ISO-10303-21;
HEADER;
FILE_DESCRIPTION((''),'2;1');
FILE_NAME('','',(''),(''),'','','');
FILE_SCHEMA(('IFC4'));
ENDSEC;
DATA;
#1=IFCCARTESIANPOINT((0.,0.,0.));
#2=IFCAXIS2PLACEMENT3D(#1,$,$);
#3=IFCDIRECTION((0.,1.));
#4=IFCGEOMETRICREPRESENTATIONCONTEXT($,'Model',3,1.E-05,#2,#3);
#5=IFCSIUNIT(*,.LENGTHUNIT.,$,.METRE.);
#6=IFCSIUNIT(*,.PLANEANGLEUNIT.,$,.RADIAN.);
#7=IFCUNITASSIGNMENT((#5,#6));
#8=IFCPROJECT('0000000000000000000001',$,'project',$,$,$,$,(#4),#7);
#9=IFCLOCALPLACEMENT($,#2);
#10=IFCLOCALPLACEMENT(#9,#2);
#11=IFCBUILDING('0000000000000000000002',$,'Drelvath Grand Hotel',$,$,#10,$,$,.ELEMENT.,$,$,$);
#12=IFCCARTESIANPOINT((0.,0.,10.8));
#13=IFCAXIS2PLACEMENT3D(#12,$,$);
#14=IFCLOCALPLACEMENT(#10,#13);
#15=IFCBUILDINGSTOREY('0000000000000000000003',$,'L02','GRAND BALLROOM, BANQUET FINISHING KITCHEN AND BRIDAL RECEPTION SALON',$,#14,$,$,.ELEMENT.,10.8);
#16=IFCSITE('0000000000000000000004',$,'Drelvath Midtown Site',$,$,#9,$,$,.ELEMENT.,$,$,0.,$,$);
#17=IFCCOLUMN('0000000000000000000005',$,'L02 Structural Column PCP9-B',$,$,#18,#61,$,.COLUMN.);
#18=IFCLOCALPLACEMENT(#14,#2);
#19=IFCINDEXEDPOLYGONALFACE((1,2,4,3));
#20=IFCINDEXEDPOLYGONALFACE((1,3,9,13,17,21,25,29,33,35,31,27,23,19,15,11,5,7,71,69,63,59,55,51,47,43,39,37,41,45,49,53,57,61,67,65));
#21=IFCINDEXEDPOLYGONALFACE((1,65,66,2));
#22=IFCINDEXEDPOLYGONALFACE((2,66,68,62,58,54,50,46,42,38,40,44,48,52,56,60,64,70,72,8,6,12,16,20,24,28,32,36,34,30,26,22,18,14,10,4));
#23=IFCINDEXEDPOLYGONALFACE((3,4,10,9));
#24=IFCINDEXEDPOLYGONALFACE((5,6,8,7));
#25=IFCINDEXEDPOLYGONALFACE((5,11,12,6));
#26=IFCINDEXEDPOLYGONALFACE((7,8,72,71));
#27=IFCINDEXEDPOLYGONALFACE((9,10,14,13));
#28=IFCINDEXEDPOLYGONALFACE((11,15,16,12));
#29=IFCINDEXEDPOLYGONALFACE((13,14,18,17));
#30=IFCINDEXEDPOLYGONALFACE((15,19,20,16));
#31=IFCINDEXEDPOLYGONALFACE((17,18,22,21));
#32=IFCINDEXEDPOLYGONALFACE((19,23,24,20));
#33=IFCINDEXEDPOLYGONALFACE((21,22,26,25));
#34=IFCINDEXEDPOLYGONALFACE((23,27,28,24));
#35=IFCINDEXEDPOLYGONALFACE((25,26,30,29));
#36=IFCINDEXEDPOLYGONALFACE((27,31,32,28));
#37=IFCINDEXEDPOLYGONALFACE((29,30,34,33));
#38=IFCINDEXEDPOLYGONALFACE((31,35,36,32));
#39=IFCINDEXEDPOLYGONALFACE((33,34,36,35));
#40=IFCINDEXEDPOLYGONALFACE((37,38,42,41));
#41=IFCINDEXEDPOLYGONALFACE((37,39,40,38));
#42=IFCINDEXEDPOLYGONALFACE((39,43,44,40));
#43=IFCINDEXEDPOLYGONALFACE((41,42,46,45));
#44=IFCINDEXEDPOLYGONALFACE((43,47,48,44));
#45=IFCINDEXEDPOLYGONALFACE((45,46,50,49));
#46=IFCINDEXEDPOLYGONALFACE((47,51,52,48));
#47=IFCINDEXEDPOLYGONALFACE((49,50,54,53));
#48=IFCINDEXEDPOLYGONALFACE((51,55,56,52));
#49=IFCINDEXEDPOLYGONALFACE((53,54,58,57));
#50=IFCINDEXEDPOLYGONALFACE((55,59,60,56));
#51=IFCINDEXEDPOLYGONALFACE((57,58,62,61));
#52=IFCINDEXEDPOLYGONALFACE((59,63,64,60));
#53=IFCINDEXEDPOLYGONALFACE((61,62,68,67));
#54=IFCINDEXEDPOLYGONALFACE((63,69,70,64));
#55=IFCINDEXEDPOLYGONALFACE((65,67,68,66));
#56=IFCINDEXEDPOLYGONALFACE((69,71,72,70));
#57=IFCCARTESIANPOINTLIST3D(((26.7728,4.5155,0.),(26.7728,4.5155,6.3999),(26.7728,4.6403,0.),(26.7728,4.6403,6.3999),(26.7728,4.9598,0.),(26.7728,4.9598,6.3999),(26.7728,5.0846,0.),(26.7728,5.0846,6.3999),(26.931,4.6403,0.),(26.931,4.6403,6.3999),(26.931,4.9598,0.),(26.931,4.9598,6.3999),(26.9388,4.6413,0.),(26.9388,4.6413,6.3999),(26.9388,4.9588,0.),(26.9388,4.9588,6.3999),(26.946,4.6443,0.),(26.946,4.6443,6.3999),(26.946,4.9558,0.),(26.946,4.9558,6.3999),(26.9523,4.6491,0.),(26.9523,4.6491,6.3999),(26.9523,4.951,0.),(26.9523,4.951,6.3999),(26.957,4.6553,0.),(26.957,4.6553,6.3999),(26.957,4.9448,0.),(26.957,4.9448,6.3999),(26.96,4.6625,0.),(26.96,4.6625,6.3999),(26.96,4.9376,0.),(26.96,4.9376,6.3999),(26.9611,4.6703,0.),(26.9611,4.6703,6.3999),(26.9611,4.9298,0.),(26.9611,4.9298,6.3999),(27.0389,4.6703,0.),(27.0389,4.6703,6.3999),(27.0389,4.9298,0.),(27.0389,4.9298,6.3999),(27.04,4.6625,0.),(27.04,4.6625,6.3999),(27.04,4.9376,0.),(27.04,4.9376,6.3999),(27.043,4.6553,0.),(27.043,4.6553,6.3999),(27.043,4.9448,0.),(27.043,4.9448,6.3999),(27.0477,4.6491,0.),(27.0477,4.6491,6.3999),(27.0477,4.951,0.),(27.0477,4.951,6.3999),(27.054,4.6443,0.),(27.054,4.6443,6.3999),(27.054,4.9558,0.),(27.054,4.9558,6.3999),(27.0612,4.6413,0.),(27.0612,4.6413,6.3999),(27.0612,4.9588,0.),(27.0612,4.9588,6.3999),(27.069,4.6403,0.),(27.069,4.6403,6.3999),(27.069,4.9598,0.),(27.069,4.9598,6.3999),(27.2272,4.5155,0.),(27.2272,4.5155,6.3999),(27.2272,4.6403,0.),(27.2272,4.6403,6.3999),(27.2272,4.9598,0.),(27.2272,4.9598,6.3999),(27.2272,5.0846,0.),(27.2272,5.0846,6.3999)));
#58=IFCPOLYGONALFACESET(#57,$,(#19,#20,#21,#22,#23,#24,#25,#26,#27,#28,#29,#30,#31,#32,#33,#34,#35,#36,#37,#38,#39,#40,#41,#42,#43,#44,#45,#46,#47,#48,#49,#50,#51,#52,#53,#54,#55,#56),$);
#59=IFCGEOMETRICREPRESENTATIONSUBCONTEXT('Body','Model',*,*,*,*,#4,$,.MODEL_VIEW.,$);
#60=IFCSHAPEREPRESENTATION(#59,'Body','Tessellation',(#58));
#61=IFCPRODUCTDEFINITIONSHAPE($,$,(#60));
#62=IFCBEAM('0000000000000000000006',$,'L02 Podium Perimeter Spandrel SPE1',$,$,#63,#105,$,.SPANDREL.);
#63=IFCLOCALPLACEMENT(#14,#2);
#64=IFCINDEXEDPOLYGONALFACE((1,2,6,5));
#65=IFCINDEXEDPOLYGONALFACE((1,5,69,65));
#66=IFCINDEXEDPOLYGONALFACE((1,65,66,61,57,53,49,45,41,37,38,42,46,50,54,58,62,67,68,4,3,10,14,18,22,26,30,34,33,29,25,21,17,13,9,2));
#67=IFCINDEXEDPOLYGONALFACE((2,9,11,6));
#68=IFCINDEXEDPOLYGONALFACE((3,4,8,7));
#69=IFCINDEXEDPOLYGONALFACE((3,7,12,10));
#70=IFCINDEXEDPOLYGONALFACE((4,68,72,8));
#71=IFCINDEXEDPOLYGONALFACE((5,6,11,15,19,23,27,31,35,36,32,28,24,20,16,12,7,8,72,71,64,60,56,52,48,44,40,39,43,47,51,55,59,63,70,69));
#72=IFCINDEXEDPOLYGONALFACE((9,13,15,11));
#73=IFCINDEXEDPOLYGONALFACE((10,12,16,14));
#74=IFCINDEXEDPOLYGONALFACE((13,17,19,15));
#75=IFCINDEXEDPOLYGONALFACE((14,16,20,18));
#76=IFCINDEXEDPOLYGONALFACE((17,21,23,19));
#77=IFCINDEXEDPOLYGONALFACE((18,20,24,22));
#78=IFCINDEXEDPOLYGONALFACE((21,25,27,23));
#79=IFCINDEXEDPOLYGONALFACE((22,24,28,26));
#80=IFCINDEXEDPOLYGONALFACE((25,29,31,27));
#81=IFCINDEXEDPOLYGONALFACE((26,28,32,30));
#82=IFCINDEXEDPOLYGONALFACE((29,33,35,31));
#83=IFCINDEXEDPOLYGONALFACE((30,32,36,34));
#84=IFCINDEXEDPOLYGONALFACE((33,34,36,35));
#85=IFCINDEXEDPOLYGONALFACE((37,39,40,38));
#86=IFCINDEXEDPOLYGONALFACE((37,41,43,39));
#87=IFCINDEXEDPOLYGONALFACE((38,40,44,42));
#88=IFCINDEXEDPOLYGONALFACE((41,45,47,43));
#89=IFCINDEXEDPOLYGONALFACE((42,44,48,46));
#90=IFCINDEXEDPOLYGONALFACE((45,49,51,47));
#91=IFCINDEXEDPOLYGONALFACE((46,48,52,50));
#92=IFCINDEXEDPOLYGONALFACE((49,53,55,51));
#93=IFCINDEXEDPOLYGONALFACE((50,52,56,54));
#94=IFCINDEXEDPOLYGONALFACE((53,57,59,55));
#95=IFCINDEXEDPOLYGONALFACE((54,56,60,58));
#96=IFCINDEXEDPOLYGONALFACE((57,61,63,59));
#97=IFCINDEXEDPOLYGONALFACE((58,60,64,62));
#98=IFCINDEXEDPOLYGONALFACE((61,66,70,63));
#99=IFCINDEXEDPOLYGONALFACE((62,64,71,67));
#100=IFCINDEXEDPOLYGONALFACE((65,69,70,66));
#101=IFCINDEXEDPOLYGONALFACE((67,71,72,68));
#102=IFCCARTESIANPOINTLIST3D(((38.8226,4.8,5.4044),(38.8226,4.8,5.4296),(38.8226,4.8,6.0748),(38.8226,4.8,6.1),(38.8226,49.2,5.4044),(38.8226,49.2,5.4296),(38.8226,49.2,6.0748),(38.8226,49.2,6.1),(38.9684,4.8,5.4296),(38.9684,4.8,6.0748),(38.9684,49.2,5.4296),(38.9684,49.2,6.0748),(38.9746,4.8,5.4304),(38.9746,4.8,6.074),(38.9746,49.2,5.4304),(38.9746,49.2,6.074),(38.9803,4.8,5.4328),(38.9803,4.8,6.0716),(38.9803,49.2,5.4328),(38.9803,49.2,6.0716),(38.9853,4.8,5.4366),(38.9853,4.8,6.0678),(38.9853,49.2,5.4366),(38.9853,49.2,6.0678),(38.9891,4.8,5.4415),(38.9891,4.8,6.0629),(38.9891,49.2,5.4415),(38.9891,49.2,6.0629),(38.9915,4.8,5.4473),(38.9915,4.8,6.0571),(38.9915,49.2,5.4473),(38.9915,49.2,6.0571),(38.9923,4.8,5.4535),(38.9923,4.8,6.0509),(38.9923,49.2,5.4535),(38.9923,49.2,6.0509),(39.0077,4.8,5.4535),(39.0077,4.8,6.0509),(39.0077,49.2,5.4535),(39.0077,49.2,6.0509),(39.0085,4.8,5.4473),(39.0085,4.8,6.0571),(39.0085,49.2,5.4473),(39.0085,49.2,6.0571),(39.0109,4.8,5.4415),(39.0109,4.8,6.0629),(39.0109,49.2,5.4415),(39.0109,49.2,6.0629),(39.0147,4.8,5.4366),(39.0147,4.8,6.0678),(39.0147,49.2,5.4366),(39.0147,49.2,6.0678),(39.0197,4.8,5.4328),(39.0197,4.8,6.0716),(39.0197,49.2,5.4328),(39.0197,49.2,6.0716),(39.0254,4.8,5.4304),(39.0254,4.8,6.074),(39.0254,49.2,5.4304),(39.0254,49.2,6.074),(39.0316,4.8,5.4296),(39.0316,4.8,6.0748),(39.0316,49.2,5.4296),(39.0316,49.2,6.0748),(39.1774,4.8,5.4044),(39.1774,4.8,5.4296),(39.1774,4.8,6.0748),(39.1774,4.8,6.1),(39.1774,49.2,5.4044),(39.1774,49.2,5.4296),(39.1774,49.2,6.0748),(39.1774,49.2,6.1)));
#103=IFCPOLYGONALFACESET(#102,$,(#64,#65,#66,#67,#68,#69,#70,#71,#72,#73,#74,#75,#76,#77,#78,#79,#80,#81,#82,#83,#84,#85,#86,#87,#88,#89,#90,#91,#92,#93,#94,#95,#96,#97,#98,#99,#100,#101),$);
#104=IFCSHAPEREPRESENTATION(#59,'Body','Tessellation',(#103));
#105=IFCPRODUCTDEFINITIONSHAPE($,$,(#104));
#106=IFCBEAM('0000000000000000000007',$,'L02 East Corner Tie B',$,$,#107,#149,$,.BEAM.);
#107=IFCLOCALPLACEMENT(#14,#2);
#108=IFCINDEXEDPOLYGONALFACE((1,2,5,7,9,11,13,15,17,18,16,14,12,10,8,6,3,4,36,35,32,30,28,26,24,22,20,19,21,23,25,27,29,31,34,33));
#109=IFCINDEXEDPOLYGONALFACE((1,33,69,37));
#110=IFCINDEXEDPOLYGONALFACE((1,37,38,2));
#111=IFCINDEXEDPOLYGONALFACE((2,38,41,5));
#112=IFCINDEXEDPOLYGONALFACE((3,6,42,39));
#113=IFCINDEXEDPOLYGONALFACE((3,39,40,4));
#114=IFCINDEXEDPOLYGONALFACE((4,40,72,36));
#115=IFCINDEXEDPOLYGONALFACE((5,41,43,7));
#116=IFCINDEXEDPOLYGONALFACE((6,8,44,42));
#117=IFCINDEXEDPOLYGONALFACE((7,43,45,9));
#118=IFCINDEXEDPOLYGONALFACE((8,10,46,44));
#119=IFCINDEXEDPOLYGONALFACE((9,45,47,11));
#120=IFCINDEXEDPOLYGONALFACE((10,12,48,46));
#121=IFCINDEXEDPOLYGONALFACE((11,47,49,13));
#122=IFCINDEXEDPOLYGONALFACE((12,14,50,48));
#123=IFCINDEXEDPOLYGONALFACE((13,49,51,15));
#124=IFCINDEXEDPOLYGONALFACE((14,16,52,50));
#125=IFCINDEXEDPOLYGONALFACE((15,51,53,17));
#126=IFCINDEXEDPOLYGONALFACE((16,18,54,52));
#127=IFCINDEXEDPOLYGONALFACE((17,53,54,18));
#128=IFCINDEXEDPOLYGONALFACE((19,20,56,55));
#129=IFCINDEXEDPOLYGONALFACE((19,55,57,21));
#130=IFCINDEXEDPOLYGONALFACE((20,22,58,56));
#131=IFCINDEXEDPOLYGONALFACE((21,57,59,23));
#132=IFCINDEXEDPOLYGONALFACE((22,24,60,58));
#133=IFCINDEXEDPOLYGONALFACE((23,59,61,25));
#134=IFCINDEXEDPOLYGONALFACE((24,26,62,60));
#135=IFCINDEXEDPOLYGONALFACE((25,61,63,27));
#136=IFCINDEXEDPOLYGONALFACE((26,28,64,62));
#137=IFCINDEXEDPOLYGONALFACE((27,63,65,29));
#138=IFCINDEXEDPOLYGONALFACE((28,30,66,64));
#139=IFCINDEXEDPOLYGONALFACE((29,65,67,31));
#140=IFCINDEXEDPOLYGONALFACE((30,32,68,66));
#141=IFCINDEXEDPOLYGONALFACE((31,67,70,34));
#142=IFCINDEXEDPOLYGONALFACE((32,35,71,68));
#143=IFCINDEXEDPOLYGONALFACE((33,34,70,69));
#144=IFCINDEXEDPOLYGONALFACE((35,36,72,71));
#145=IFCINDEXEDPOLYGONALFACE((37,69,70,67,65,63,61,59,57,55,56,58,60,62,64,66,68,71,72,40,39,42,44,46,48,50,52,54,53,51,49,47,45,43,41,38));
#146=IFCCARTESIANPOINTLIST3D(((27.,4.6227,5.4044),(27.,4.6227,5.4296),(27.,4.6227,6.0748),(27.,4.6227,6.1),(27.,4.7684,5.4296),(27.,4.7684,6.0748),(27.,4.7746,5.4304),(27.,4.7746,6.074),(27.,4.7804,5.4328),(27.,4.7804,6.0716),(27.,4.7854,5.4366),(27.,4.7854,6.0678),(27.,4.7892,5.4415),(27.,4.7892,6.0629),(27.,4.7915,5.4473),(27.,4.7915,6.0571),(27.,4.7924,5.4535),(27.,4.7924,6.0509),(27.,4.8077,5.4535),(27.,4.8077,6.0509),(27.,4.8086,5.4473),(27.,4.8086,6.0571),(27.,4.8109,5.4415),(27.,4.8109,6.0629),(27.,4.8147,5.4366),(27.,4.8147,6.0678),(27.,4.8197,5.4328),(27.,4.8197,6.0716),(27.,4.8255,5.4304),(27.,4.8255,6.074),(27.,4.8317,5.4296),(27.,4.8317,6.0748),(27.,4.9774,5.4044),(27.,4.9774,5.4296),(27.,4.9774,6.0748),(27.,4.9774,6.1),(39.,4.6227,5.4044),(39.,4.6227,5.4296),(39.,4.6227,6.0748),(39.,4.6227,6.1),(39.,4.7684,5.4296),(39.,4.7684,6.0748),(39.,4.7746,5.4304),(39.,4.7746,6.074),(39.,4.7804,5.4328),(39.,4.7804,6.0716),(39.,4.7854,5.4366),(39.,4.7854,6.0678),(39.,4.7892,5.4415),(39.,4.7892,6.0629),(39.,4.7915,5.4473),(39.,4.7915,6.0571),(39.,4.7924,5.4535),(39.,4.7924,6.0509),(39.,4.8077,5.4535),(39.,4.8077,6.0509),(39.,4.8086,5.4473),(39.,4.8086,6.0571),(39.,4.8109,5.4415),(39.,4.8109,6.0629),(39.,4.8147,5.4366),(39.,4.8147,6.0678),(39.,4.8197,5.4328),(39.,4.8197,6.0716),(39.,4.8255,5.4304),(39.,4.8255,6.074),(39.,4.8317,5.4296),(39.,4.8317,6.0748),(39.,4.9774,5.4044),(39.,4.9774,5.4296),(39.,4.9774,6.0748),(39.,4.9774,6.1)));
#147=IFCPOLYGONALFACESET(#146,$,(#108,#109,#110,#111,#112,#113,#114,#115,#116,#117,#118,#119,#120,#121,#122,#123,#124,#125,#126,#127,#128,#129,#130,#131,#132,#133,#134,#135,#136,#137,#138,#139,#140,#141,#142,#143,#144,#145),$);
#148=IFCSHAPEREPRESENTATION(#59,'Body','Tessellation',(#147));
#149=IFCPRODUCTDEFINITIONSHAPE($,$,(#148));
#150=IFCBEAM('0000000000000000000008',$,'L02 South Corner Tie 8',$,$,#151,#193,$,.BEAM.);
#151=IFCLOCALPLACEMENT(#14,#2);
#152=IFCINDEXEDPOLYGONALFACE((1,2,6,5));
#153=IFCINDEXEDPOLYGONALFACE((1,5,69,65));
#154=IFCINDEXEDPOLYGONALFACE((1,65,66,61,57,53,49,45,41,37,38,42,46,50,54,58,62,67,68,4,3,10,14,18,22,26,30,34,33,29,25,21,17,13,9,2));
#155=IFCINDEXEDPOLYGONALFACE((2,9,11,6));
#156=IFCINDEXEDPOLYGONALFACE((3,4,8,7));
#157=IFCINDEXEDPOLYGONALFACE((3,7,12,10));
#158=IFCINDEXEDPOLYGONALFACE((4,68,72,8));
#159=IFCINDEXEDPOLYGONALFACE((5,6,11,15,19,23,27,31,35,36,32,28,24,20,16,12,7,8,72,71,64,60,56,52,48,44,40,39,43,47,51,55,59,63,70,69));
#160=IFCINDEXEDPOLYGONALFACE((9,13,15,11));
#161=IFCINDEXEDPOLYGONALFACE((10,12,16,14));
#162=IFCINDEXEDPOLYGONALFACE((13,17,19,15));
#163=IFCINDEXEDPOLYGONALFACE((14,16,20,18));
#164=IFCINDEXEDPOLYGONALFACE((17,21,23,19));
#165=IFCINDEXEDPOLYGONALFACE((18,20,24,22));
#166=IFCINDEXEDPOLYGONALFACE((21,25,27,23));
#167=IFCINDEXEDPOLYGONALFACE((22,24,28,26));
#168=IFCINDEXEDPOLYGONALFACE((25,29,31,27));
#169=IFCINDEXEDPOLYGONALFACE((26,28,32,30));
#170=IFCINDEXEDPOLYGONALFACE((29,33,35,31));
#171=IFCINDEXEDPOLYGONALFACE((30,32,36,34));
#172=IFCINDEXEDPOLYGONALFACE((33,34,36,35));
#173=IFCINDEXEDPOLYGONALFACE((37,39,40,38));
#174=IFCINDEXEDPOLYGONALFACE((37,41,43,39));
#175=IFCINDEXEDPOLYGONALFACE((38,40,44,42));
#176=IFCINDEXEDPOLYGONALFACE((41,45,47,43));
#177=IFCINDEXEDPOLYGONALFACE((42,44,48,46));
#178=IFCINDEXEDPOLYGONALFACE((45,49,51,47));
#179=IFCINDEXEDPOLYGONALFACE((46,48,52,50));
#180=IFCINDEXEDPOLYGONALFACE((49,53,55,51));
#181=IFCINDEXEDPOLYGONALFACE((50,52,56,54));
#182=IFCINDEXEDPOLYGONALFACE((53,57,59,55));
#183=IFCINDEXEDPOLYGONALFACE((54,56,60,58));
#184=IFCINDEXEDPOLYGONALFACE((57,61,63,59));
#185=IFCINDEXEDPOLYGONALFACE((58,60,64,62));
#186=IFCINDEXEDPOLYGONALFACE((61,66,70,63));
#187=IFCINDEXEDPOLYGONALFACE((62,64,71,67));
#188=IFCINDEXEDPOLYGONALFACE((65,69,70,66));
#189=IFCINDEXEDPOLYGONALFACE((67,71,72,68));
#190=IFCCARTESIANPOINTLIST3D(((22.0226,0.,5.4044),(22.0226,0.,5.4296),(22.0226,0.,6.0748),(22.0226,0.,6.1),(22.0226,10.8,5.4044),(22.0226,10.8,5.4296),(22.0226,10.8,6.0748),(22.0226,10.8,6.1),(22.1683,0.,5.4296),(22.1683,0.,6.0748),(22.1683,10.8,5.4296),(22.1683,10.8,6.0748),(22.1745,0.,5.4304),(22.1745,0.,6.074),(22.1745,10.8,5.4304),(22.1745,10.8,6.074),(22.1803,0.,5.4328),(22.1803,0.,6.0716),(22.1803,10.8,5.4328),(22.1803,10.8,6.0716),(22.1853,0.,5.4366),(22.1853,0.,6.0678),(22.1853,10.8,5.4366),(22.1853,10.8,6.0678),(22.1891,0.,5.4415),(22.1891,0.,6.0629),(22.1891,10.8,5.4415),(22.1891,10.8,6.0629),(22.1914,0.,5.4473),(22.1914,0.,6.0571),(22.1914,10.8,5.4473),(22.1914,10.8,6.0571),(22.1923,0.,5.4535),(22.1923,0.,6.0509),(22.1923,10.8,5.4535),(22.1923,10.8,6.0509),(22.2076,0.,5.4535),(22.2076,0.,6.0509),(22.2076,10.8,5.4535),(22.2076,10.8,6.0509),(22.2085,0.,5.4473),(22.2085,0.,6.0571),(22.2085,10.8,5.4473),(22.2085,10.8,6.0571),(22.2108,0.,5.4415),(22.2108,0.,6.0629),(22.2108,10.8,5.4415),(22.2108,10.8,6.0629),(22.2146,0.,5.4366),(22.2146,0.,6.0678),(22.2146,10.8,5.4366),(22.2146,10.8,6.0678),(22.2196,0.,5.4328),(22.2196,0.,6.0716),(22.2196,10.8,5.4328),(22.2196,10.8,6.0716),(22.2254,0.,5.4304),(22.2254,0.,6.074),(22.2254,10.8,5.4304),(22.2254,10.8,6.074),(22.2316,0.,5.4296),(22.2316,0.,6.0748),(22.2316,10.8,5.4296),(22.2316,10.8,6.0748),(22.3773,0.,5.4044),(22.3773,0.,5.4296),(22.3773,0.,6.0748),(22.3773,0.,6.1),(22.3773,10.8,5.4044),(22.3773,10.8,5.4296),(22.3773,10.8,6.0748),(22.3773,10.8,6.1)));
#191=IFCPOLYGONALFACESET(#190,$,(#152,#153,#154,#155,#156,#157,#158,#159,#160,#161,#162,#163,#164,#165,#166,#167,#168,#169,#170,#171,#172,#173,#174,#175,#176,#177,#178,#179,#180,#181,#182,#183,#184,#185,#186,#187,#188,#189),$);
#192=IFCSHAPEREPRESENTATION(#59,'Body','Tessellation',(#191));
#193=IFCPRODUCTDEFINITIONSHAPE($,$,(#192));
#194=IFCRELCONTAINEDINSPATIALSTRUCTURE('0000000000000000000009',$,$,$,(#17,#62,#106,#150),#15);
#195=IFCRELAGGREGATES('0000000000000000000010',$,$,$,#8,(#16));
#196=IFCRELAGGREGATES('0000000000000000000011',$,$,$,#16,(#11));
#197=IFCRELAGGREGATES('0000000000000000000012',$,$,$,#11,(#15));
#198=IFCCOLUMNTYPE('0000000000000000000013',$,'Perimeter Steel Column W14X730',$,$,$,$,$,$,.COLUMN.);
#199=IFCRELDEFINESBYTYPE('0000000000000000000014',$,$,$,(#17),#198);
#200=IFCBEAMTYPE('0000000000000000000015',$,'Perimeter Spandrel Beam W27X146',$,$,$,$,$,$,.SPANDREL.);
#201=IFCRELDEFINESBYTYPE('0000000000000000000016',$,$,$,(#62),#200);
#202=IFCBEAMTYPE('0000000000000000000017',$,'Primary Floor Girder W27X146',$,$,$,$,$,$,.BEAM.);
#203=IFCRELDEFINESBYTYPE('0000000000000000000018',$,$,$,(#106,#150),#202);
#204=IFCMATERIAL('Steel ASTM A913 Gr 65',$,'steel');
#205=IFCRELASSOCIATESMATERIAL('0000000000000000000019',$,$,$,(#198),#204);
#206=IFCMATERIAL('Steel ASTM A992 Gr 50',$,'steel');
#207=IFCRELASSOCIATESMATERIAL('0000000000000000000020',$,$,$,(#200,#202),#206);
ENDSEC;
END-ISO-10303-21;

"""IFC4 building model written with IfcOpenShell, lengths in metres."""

from ifc_helpers import new_model, si_unit, direction, frame, origin, origin_2d, place, context, subcontext, project, spatial, i_section, extrude, material, material_profile, profile_set, type_object, element, save


model = new_model("IFC4")

# Units and contexts
model_context = context("Model", 3, precision=1e-05, world=origin(), true_north=direction((0.0, 1.0)))
body_context = subcontext(model_context, "Body", "Model", "MODEL_VIEW")
ifc_project = project(units=[si_unit("LENGTHUNIT", "METRE"), si_unit("PLANEANGLEUNIT", "RADIAN")], contexts=[model_context])

# Site, building, storey
site_placement = place(None, origin())
site = spatial("IfcSite", under=ifc_project, at=site_placement, Name="Drelvath Midtown Site", CompositionType="ELEMENT", RefElevation=0.0)
building_placement = place(site_placement, origin())
building = spatial("IfcBuilding", under=site, at=building_placement, Name="Drelvath Grand Hotel", CompositionType="ELEMENT")
storey_placement = place(building_placement, frame((0.0, 0.0, 10.8)))
storey = spatial("IfcBuildingStorey", under=building, at=storey_placement, Name="L02", Description="GRAND BALLROOM, BANQUET FINISHING KITCHEN AND BRIDAL RECEPTION SALON", CompositionType="ELEMENT", Elevation=10.8)

# Column
ifc_material_1 = material(Name="Steel ASTM A913 Gr 65", Category="steel")
ifc_material_profile_1 = material_profile(ifc_material_1, i_section(OverallWidth=0.4543, OverallDepth=0.5691, WebThickness=0.0779, FlangeThickness=0.1248, FilletRadius=0.03, at=origin_2d()), Name="W14X730")
ifc_profile_set_1 = profile_set([ifc_material_profile_1], Name="Steel ASTM A913 Gr 65")
column_type_1 = type_object("IfcColumnType", Name="Perimeter Steel Column W14X730", PredefinedType="COLUMN", material=ifc_profile_set_1)
column_1_placement = place(storey_placement, frame((27.0, 4.8, 0.0), z_axis=(0.0, 0.0, 1.0), x_axis=(1.0, 0.0, 0.0)))
element("IfcColumn", 1, at=column_1_placement, inside=storey, type_object=column_type_1, Name="L02 Structural Column PCP9-B", PredefinedType="COLUMN", context=body_context, shape_type="SweptSolid", body=[
    extrude(i_section(OverallWidth=0.4543, OverallDepth=0.5691, WebThickness=0.0779, FlangeThickness=0.1248, FilletRadius=0.03, at=origin_2d()), origin(), (0.0, 0.0, 1.0), 6.3999),
])

# Beams
ifc_material_2 = material(Name="Steel ASTM A992 Gr 50", Category="steel")
ifc_material_profile_2 = material_profile(ifc_material_2, i_section(OverallWidth=0.3547, OverallDepth=0.6956, WebThickness=0.0154, FlangeThickness=0.0251, FilletRadius=0.0239, at=origin_2d()), Name="W27X146")
ifc_profile_set_2 = profile_set([ifc_material_profile_2], Name="Steel ASTM A992 Gr 50")
beam_type_1 = type_object("IfcBeamType", Name="Perimeter Spandrel Beam W27X146", PredefinedType="SPANDREL", material=ifc_profile_set_2)
beam_1_placement = place(storey_placement, frame((39.0, 4.8, 5.7522), z_axis=(0.0, 1.0, 0.0), x_axis=(-1.0, 0.0, 0.0)))
element("IfcBeam", 2, at=beam_1_placement, inside=storey, type_object=beam_type_1, Name="L02 Podium Perimeter Spandrel SPE1", PredefinedType="SPANDREL", context=body_context, shape_type="SweptSolid", body=[
    extrude(i_section(OverallWidth=0.3547, OverallDepth=0.6956, WebThickness=0.0154, FlangeThickness=0.0251, FilletRadius=0.0239, at=origin_2d()), origin(), (0.0, 0.0, 1.0), 44.3999),
])
ifc_material_profile_3 = material_profile(ifc_material_2, i_section(OverallWidth=0.3547, OverallDepth=0.6956, WebThickness=0.0154, FlangeThickness=0.0251, FilletRadius=0.0239, at=origin_2d()), Name="W27X146")
ifc_profile_set_3 = profile_set([ifc_material_profile_3], Name="Steel ASTM A992 Gr 50")
beam_type_2 = type_object("IfcBeamType", Name="Primary Floor Girder W27X146", PredefinedType="BEAM", material=ifc_profile_set_3)
beam_2_placement = place(storey_placement, frame((27.0, 4.8, 5.7522), z_axis=(1.0, 0.0, 0.0), x_axis=(0.0, 1.0, 0.0)))
element("IfcBeam", 3, at=beam_2_placement, inside=storey, type_object=beam_type_2, Name="L02 East Corner Tie B", PredefinedType="BEAM", context=body_context, shape_type="SweptSolid", body=[
    extrude(i_section(OverallWidth=0.3547, OverallDepth=0.6956, WebThickness=0.0154, FlangeThickness=0.0251, FilletRadius=0.0239, at=origin_2d()), origin(), (0.0, 0.0, 1.0), 12.0),
])
for number, where, z_axis, x_axis, name in (
    (4, (22.2, 0.0, 5.7522), (0.0, 1.0, 0.0), (-1.0, 0.0, 0.0), "L02 South Corner Tie 8"),
):
    element("IfcBeam", number, at=place(storey_placement, frame(where, z_axis=z_axis, x_axis=x_axis)), inside=storey, type_object=beam_type_2, Name=name, PredefinedType="BEAM", context=body_context, shape_type="SweptSolid", body=[
        extrude(i_section(OverallWidth=0.3547, OverallDepth=0.6956, WebThickness=0.0154, FlangeThickness=0.0251, FilletRadius=0.0239, at=origin_2d()), origin(), (0.0, 0.0, 1.0), 10.8),
    ])

save(model, "model.ifc")
